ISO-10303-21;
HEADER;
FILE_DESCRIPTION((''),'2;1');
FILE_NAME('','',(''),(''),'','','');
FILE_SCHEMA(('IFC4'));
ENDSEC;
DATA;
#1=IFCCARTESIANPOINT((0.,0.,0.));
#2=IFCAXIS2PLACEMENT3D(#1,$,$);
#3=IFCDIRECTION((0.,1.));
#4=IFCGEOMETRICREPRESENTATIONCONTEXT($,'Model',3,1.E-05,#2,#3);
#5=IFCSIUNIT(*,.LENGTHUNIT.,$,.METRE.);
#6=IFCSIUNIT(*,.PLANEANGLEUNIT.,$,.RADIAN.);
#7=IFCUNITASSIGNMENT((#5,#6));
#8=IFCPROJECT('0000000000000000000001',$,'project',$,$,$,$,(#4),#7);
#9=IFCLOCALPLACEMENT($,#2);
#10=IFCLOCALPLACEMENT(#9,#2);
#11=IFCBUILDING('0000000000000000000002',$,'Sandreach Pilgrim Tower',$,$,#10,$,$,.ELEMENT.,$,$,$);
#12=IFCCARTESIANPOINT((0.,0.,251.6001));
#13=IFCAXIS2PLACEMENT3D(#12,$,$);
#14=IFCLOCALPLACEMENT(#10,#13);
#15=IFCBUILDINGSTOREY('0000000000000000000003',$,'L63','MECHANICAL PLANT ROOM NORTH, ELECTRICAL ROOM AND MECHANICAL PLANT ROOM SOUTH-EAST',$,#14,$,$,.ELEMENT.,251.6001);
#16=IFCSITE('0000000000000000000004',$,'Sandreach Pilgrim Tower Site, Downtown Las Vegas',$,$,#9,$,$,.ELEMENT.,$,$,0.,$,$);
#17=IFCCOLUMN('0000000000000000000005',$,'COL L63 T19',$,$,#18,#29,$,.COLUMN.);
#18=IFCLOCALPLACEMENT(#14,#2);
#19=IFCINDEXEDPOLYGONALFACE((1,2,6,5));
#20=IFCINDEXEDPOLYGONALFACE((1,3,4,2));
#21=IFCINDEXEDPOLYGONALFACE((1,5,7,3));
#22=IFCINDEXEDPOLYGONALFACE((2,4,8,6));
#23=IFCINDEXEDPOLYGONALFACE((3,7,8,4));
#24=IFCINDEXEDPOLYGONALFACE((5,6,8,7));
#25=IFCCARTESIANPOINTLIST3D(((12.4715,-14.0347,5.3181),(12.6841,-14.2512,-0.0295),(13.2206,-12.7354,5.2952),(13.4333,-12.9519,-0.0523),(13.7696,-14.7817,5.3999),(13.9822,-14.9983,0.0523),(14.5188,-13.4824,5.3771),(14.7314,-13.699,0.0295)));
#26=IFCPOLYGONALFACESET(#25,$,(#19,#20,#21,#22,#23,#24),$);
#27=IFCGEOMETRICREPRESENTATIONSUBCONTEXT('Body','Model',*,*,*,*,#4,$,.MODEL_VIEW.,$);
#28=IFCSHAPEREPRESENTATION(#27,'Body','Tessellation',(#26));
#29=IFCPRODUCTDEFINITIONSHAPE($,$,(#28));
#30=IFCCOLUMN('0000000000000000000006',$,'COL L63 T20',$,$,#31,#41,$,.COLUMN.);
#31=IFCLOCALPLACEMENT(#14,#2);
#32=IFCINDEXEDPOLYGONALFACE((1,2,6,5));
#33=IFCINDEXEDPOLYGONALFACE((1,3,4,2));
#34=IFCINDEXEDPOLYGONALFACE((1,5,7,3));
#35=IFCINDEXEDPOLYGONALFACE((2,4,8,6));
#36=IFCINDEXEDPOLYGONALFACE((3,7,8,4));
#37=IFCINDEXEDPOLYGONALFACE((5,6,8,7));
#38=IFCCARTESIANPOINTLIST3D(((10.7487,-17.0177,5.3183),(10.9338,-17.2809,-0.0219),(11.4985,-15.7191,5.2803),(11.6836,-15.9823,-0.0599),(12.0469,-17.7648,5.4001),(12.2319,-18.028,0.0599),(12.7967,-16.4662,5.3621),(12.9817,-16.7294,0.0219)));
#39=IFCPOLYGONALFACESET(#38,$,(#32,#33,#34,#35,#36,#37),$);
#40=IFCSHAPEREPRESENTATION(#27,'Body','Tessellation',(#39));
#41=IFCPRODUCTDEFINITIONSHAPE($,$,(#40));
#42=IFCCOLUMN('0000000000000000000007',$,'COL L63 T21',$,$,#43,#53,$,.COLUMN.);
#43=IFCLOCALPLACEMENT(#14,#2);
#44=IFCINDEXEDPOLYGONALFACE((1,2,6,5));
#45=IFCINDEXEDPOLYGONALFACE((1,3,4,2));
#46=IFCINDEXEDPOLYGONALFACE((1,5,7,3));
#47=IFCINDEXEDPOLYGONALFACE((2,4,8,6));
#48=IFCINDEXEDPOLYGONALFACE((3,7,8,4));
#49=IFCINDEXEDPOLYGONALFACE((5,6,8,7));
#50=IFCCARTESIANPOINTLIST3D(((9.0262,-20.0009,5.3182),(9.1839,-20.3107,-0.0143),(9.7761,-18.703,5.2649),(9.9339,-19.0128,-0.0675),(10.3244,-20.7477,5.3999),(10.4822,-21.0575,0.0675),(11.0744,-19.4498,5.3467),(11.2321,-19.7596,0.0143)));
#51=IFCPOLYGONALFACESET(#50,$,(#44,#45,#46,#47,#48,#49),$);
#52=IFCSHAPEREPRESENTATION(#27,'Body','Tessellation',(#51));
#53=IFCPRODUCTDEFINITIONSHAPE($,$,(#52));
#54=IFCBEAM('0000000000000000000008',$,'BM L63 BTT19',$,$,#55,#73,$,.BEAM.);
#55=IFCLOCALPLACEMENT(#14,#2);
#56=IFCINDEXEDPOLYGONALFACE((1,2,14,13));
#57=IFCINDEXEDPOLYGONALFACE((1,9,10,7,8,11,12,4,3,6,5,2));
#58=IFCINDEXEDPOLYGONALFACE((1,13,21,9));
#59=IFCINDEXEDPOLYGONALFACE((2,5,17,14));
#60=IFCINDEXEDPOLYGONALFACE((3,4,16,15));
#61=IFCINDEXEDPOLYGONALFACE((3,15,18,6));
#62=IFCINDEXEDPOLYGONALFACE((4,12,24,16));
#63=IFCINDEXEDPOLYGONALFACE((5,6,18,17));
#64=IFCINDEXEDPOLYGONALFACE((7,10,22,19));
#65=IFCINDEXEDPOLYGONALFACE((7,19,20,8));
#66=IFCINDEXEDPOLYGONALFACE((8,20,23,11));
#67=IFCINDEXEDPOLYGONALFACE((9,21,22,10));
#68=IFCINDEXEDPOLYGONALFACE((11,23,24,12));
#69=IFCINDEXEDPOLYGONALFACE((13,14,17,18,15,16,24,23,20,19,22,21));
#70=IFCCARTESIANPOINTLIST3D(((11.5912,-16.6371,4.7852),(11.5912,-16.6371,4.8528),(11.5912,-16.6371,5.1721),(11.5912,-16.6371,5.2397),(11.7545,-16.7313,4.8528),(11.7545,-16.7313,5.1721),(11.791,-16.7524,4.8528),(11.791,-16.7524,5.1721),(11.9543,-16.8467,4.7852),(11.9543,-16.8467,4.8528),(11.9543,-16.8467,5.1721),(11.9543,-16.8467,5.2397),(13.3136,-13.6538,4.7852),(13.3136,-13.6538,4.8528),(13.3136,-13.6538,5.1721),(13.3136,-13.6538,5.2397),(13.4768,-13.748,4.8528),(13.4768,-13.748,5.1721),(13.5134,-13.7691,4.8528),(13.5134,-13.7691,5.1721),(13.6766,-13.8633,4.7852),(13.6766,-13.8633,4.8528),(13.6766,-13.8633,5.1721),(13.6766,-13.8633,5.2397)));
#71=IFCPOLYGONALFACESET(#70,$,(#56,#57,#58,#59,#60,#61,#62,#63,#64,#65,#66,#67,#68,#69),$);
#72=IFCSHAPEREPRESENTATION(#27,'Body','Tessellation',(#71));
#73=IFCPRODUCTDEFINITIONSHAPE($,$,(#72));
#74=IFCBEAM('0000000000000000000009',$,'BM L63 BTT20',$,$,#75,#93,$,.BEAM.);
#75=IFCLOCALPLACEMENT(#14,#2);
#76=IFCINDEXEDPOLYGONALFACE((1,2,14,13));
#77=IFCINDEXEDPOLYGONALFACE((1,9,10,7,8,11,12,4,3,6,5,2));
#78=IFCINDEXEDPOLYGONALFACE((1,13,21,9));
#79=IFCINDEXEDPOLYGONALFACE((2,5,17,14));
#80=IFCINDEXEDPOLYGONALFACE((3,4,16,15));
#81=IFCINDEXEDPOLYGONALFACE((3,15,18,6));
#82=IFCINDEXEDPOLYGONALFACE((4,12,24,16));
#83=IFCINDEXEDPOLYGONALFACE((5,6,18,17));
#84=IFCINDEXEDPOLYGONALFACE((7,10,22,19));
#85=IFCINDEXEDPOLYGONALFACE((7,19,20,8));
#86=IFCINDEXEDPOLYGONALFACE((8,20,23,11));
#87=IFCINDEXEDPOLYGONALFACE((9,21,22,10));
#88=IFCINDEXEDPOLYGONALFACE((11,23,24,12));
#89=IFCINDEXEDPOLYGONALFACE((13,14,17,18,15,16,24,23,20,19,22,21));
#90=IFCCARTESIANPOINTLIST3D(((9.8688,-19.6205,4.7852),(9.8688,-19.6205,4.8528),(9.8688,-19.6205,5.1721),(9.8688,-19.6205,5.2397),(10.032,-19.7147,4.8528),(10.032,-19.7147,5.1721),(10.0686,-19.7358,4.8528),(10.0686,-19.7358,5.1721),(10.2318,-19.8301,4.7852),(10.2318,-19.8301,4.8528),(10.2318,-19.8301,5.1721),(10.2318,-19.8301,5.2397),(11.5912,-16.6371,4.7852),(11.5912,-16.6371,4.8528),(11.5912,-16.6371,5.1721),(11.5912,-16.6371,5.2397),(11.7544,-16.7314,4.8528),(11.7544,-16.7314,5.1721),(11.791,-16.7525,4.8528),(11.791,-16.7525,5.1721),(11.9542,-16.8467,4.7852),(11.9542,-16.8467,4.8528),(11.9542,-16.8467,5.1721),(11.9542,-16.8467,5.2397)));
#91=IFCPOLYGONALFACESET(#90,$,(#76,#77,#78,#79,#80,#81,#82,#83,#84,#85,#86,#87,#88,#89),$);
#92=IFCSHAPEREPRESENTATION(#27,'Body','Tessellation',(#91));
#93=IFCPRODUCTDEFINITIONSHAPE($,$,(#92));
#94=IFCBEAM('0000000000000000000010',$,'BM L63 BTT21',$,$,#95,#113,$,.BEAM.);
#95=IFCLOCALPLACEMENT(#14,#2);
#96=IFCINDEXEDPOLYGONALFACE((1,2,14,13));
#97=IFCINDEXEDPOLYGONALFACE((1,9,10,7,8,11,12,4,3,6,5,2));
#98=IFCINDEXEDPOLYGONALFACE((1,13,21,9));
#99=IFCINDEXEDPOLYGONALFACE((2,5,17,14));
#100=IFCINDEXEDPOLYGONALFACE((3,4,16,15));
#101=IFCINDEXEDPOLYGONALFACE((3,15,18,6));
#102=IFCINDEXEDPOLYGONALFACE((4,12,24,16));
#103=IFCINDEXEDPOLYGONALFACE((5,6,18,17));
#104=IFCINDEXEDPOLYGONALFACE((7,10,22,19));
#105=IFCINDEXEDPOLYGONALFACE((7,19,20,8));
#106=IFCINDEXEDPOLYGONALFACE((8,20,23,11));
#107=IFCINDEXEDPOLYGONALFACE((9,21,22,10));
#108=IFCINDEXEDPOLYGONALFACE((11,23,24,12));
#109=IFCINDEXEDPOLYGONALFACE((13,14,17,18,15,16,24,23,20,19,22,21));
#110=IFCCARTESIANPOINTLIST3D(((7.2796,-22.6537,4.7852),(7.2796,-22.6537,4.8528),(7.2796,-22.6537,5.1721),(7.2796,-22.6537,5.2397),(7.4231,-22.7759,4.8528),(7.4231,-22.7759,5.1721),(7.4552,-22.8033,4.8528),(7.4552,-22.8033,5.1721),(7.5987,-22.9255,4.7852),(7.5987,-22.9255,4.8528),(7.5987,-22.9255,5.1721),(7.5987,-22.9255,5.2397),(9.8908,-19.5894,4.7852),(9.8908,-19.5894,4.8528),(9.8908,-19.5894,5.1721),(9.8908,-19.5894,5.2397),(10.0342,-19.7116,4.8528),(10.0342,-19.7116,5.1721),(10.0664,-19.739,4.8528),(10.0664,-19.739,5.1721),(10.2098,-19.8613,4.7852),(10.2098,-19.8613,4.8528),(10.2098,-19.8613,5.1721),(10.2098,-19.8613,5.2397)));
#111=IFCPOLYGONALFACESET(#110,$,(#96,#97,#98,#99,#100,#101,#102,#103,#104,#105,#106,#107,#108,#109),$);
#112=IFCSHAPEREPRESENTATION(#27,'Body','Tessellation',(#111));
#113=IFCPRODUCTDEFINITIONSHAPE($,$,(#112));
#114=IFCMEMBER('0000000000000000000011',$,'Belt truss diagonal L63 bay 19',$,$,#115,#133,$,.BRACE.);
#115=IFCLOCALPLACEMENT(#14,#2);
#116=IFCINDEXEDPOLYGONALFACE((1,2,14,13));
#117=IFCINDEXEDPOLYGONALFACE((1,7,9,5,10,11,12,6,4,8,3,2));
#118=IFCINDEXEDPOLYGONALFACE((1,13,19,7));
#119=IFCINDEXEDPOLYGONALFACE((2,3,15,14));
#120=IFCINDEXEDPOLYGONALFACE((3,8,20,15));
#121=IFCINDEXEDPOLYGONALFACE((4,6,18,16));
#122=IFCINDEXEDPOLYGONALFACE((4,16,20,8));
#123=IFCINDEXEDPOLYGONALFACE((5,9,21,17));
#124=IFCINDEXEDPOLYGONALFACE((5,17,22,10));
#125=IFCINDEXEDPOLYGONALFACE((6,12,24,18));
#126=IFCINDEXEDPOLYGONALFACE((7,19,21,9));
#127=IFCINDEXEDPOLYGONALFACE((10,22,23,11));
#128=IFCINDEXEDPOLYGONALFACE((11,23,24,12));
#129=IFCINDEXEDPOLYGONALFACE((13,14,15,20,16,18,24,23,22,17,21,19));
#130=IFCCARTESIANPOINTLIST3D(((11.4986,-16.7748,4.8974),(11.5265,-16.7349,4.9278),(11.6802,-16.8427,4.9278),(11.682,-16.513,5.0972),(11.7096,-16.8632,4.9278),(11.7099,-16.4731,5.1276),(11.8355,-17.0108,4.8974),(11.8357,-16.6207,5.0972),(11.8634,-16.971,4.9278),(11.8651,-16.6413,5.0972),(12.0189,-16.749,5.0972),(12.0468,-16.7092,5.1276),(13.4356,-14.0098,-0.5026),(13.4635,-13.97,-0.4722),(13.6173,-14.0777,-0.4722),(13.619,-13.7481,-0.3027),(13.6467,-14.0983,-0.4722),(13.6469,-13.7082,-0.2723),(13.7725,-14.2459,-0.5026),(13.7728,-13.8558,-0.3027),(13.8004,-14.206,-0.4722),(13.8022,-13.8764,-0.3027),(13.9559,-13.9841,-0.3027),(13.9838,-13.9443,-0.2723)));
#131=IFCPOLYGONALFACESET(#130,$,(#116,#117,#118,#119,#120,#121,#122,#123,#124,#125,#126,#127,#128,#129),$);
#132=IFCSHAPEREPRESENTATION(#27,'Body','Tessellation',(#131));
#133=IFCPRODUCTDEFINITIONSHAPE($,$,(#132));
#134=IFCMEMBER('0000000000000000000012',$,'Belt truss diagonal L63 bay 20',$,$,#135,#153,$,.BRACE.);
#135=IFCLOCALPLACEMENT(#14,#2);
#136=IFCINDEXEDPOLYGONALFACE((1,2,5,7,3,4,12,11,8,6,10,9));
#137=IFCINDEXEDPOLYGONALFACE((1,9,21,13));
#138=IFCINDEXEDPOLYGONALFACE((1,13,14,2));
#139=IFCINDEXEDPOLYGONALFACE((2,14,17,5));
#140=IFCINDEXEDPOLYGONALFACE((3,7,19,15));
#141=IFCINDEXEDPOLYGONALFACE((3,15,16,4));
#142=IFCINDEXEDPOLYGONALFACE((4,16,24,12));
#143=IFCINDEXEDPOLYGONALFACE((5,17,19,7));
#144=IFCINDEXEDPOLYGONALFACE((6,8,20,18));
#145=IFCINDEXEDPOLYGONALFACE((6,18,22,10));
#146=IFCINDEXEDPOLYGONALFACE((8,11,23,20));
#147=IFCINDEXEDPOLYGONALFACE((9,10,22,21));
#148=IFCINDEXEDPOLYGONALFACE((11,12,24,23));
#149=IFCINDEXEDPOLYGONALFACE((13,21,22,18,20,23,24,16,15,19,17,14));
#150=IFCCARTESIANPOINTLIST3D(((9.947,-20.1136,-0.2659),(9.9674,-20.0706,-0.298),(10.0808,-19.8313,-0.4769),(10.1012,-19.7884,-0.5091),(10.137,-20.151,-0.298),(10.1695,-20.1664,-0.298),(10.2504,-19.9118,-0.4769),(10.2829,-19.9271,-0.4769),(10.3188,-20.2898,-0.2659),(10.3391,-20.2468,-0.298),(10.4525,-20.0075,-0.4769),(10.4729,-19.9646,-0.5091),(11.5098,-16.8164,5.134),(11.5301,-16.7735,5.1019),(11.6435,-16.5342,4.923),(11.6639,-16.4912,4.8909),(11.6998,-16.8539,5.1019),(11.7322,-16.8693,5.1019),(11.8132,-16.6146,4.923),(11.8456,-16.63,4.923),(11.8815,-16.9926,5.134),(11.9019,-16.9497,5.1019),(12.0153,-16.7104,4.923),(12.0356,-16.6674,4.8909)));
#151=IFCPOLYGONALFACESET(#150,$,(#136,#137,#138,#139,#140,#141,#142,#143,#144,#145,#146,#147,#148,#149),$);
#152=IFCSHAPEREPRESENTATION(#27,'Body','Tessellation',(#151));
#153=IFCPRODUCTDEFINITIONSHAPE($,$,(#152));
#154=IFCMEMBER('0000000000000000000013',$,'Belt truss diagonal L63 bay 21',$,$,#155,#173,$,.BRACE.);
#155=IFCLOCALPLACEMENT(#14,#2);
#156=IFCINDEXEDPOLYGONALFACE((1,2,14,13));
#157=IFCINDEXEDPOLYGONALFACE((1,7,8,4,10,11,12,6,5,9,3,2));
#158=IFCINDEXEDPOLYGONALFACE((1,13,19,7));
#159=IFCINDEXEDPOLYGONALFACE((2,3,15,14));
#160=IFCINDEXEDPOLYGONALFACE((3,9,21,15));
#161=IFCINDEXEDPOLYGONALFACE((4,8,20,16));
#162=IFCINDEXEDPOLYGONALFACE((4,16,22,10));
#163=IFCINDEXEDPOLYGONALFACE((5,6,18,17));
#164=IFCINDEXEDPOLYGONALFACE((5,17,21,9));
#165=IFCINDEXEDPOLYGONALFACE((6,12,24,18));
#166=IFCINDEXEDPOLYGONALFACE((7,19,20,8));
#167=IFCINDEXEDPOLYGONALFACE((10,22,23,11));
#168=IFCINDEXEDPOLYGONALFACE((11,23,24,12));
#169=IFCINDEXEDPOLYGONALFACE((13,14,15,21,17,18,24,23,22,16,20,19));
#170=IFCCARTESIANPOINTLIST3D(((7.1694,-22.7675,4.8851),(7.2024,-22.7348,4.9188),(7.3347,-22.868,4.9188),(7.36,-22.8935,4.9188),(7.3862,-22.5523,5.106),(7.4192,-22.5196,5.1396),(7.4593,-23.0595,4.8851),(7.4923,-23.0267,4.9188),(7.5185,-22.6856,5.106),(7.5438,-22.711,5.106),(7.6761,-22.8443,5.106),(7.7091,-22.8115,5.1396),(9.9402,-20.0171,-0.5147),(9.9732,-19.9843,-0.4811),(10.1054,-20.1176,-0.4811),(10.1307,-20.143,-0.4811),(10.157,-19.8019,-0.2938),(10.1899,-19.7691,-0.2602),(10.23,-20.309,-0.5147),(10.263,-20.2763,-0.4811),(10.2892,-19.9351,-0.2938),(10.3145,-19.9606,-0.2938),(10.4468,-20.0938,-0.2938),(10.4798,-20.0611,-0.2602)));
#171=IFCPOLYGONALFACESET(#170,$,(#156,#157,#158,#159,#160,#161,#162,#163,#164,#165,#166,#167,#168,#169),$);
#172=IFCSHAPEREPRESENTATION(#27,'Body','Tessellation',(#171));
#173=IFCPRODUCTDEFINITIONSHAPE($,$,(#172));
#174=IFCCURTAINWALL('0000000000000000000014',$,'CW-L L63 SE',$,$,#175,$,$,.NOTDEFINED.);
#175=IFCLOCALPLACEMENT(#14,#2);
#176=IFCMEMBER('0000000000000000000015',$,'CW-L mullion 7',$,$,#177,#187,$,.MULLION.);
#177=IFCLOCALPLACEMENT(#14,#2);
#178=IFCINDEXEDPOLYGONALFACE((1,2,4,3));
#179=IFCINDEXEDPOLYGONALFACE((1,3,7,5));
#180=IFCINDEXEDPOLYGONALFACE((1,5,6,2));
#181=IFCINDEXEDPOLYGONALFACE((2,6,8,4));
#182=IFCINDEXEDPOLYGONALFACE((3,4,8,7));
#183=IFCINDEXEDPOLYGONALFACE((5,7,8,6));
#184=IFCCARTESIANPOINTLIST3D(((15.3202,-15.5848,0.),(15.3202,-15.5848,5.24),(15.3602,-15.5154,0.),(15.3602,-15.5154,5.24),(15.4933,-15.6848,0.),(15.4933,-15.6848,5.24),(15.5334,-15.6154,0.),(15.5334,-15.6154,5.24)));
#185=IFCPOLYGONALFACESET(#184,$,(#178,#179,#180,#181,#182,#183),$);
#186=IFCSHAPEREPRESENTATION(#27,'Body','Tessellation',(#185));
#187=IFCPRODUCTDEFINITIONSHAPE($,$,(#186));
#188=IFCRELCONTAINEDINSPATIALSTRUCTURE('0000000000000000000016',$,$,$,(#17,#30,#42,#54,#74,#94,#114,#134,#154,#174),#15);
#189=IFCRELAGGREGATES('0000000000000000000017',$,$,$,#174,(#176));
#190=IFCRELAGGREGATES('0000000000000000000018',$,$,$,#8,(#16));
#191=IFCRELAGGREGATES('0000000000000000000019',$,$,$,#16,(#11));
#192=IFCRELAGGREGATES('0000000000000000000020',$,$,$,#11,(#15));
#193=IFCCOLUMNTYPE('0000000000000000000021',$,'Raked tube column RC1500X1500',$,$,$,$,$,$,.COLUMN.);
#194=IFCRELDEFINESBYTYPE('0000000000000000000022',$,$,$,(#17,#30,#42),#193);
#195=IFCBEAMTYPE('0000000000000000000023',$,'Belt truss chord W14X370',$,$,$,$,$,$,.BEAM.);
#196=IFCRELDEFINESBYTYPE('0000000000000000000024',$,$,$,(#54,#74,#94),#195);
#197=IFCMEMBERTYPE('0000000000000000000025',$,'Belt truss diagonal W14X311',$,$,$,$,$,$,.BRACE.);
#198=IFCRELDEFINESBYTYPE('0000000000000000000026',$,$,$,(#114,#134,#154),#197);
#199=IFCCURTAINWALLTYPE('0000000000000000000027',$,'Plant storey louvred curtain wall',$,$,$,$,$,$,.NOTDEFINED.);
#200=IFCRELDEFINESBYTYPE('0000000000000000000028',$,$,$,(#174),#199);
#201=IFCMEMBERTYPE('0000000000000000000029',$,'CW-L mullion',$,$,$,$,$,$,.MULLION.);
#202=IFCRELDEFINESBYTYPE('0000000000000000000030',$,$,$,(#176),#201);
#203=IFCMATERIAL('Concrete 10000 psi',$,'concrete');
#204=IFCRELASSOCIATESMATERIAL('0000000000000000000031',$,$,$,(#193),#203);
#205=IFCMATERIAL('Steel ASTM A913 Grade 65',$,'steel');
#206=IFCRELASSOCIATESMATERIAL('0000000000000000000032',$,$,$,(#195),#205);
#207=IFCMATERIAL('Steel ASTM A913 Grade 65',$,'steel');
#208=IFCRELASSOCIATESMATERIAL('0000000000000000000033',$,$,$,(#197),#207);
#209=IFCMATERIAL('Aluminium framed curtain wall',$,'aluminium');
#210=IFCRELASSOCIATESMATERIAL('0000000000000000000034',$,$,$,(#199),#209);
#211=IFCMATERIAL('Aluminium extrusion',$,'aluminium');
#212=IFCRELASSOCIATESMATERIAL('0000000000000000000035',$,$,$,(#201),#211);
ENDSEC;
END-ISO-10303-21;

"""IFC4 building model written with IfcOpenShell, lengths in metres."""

from ifc_helpers import new_model, si_unit, direction, frame, origin, origin_2d, place, context, subcontext, project, spatial, rectangle, i_section, extrude, material, material_profile, profile_set, type_object, element, aggregate, save


model = new_model("IFC4")

# Units and contexts
model_context = context("Model", 3, precision=1e-05, world=origin(), true_north=direction((0.0, 1.0)))
body_context = subcontext(model_context, "Body", "Model", "MODEL_VIEW")
ifc_project = project(units=[si_unit("LENGTHUNIT", "METRE"), si_unit("PLANEANGLEUNIT", "RADIAN")], contexts=[model_context])

# Site, building, storey
site_placement = place(None, origin())
site = spatial("IfcSite", under=ifc_project, at=site_placement, Name="Sandreach Pilgrim Tower Site, Downtown Las Vegas", CompositionType="ELEMENT", RefElevation=0.0)
building_placement = place(site_placement, origin())
building = spatial("IfcBuilding", under=site, at=building_placement, Name="Sandreach Pilgrim Tower", CompositionType="ELEMENT")
storey_placement = place(building_placement, frame((0.0, 0.0, 251.6001)))
storey = spatial("IfcBuildingStorey", under=building, at=storey_placement, Name="L63", Description="MECHANICAL PLANT ROOM NORTH, ELECTRICAL ROOM AND MECHANICAL PLANT ROOM SOUTH-EAST", CompositionType="ELEMENT", Elevation=251.6001)

# Columns
ifc_material_1 = material(Name="Concrete 10000 psi", Category="concrete")
ifc_material_profile_1 = material_profile(ifc_material_1, rectangle(XDim=1.5, YDim=1.5, at=origin_2d()), Name="RC1500X1500")
ifc_profile_set_1 = profile_set([ifc_material_profile_1], Name="Concrete 10000 psi")
column_type = type_object("IfcColumnType", Name="Raked tube column RC1500X1500", PredefinedType="COLUMN", material=ifc_profile_set_1)
column_1_placement = place(storey_placement, frame((13.7078, -13.9751, 0.0), z_axis=(-0.039701, 0.04043, 0.998393), x_axis=(0.865426, -0.498054, 0.054582)))
element("IfcColumn", 1, at=column_1_placement, inside=storey, type_object=column_type, Name="COL L63 T19", PredefinedType="COLUMN", context=body_context, shape_type="SweptSolid", body=[
    extrude(rectangle(XDim=1.5, YDim=1.5, at=origin_2d()), origin(), (0.0, 0.0, 1.0), 5.3562),
])
column_2_placement = place(storey_placement, frame((11.9578, -17.0051, 0.0), z_axis=(-0.034592, 0.049195, 0.99819), x_axis=(0.865416, -0.498078, 0.054538)))
element("IfcColumn", 2, at=column_2_placement, inside=storey, type_object=column_type, Name="COL L63 T20", PredefinedType="COLUMN", context=body_context, shape_type="SweptSolid", body=[
    extrude(rectangle(XDim=1.5, YDim=1.5, at=origin_2d()), origin(), (0.0, 0.0, 1.0), 5.3499),
])
column_3_placement = place(storey_placement, frame((10.208, -20.0352, 0.0), z_axis=(-0.029513, 0.057976, 0.997882), x_axis=(0.865528, -0.497884, 0.054526)))
element("IfcColumn", 3, at=column_3_placement, inside=storey, type_object=column_type, Name="COL L63 T21", PredefinedType="COLUMN", context=body_context, shape_type="SweptSolid", body=[
    extrude(rectangle(XDim=1.5, YDim=1.5, at=origin_2d()), origin(), (0.0, 0.0, 1.0), 5.3438),
])

# Beams
ifc_material_2 = material(Name="Steel ASTM A913 Grade 65", Category="steel")
ifc_material_profile_2 = material_profile(ifc_material_2, i_section(OverallWidth=0.4192, OverallDepth=0.4546, WebThickness=0.0422, FlangeThickness=0.0676, at=origin_2d()), Name="W14X370")
ifc_profile_set_2 = profile_set([ifc_material_profile_2], Name="Steel ASTM A913 Grade 65")
beam_type_1 = type_object("IfcBeamType", Name="Belt truss chord W14X370", PredefinedType="BEAM", material=ifc_profile_set_2)
for number, where, z_axis, x_axis, name in (
    (4, (13.4951, -13.7585, 5.0125), (-0.499988, -0.866032, 0.0), (0.866032, -0.499988, 0.0), "BM L63 BTT19"),
    (5, (11.7727, -16.7419, 5.0125), (-0.499988, -0.866032, 0.0), (0.866032, -0.499988, 0.0), "BM L63 BTT20"),
):
    element("IfcBeam", number, at=place(storey_placement, frame(where, z_axis=z_axis, x_axis=x_axis)), inside=storey, type_object=beam_type_1, Name=name, PredefinedType="BEAM", context=body_context, shape_type="SweptSolid", body=[
        extrude(i_section(OverallWidth=0.4192, OverallDepth=0.4546, WebThickness=0.0422, FlangeThickness=0.0676, at=origin_2d()), origin(), (0.0, 0.0, 1.0), 3.4448),
    ])
beam_1_placement = place(storey_placement, frame((10.0503, -19.7253, 5.0125), z_axis=(-0.648586, -0.761141, 0.0), x_axis=(0.761141, -0.648586, 0.0)))
element("IfcBeam", 6, at=beam_1_placement, inside=storey, type_object=beam_type_1, Name="BM L63 BTT21", PredefinedType="BEAM", context=body_context, shape_type="SweptSolid", body=[
    extrude(i_section(OverallWidth=0.4192, OverallDepth=0.4546, WebThickness=0.0422, FlangeThickness=0.0676, at=origin_2d()), origin(), (0.0, 0.0, 1.0), 4.0259),
])

# Members
ifc_material_3 = material(Name="Steel ASTM A913 Grade 65", Category="steel")
ifc_material_profile_3 = material_profile(ifc_material_3, i_section(OverallWidth=0.4114, OverallDepth=0.4343, WebThickness=0.0359, FlangeThickness=0.0574, at=origin_2d()), Name="W14X311")
ifc_profile_set_3 = profile_set([ifc_material_profile_3], Name="Steel ASTM A913 Grade 65")
member_type_1 = type_object("IfcMemberType", Name="Belt truss diagonal W14X311", PredefinedType="BRACE", material=ifc_profile_set_3)
member_1_placement = place(storey_placement, frame((13.7097, -13.9771, -0.3875), z_axis=(-0.304163, -0.434163, 0.847931), x_axis=(0.819011, -0.573778, 0.0)))
element("IfcMember", 7, at=member_1_placement, inside=storey, type_object=member_type_1, Name="Belt truss diagonal L63 bay 19", PredefinedType="BRACE", context=body_context, shape_type="SweptSolid", body=[
    extrude(i_section(OverallWidth=0.4114, OverallDepth=0.4343, WebThickness=0.0359, FlangeThickness=0.0574, at=origin_2d()), origin(), (0.0, 0.0, 1.0), 6.3684),
])
member_2_placement = place(storey_placement, frame((11.7727, -16.7419, 5.0125), z_axis=(-0.239793, -0.505921, -0.828579), x_axis=(0.903637, -0.428299, 0.0)))
element("IfcMember", 8, at=member_2_placement, inside=storey, type_object=member_type_1, Name="Belt truss diagonal L63 bay 20", PredefinedType="BRACE", context=body_context, shape_type="SweptSolid", body=[
    extrude(i_section(OverallWidth=0.4114, OverallDepth=0.4343, WebThickness=0.0359, FlangeThickness=0.0574, at=origin_2d()), origin(), (0.0, 0.0, 1.0), 6.5171),
])
member_3_placement = place(storey_placement, frame((10.21, -20.0391, -0.3875), z_axis=(-0.415815, -0.412774, 0.81038), x_axis=(0.704507, -0.709697, 0.0)))
element("IfcMember", 9, at=member_3_placement, inside=storey, type_object=member_type_1, Name="Belt truss diagonal L63 bay 21", PredefinedType="BRACE", context=body_context, shape_type="SweptSolid", body=[
    extrude(i_section(OverallWidth=0.4114, OverallDepth=0.4343, WebThickness=0.0359, FlangeThickness=0.0574, at=origin_2d()), origin(), (0.0, 0.0, 1.0), 6.6633),
])

# Curtain wall, member
ifc_material_4 = material(Name="Aluminium framed curtain wall", Category="aluminium")
curtain_wall_type = type_object("IfcCurtainWallType", Name="Plant storey louvred curtain wall", PredefinedType="NOTDEFINED", material=ifc_material_4)
curtain_wall_placement = place(storey_placement, origin())
curtain_wall = element("IfcCurtainWall", 10, at=curtain_wall_placement, inside=storey, type_object=curtain_wall_type, Name="CW-L L63 SE", PredefinedType="NOTDEFINED")
ifc_material_5 = material(Name="Aluminium extrusion", Category="aluminium")
ifc_material_profile_4 = material_profile(ifc_material_5, rectangle(XDim=0.0801, YDim=0.2, at=origin_2d()), Name="CW-LM 80X200")
ifc_profile_set_4 = profile_set([ifc_material_profile_4], Name="Aluminium extrusion")
member_type_2 = type_object("IfcMemberType", Name="CW-L mullion", PredefinedType="MULLION", material=ifc_profile_set_4)
member_4_placement = place(storey_placement, frame((15.4268, -15.6001, 0.0), z_axis=(0.0, 0.0, 1.0), x_axis=(-0.5, -0.866025, 0.0)))
member_4 = element("IfcMember", 11, at=member_4_placement, type_object=member_type_2, Name="CW-L mullion 7", PredefinedType="MULLION", context=body_context, shape_type="SweptSolid", body=[
    extrude(rectangle(XDim=0.0801, YDim=0.2, at=origin_2d()), origin(), (0.0, 0.0, 1.0), 5.24),
])

aggregate(curtain_wall, [member_4])

save(model, "model.ifc")
